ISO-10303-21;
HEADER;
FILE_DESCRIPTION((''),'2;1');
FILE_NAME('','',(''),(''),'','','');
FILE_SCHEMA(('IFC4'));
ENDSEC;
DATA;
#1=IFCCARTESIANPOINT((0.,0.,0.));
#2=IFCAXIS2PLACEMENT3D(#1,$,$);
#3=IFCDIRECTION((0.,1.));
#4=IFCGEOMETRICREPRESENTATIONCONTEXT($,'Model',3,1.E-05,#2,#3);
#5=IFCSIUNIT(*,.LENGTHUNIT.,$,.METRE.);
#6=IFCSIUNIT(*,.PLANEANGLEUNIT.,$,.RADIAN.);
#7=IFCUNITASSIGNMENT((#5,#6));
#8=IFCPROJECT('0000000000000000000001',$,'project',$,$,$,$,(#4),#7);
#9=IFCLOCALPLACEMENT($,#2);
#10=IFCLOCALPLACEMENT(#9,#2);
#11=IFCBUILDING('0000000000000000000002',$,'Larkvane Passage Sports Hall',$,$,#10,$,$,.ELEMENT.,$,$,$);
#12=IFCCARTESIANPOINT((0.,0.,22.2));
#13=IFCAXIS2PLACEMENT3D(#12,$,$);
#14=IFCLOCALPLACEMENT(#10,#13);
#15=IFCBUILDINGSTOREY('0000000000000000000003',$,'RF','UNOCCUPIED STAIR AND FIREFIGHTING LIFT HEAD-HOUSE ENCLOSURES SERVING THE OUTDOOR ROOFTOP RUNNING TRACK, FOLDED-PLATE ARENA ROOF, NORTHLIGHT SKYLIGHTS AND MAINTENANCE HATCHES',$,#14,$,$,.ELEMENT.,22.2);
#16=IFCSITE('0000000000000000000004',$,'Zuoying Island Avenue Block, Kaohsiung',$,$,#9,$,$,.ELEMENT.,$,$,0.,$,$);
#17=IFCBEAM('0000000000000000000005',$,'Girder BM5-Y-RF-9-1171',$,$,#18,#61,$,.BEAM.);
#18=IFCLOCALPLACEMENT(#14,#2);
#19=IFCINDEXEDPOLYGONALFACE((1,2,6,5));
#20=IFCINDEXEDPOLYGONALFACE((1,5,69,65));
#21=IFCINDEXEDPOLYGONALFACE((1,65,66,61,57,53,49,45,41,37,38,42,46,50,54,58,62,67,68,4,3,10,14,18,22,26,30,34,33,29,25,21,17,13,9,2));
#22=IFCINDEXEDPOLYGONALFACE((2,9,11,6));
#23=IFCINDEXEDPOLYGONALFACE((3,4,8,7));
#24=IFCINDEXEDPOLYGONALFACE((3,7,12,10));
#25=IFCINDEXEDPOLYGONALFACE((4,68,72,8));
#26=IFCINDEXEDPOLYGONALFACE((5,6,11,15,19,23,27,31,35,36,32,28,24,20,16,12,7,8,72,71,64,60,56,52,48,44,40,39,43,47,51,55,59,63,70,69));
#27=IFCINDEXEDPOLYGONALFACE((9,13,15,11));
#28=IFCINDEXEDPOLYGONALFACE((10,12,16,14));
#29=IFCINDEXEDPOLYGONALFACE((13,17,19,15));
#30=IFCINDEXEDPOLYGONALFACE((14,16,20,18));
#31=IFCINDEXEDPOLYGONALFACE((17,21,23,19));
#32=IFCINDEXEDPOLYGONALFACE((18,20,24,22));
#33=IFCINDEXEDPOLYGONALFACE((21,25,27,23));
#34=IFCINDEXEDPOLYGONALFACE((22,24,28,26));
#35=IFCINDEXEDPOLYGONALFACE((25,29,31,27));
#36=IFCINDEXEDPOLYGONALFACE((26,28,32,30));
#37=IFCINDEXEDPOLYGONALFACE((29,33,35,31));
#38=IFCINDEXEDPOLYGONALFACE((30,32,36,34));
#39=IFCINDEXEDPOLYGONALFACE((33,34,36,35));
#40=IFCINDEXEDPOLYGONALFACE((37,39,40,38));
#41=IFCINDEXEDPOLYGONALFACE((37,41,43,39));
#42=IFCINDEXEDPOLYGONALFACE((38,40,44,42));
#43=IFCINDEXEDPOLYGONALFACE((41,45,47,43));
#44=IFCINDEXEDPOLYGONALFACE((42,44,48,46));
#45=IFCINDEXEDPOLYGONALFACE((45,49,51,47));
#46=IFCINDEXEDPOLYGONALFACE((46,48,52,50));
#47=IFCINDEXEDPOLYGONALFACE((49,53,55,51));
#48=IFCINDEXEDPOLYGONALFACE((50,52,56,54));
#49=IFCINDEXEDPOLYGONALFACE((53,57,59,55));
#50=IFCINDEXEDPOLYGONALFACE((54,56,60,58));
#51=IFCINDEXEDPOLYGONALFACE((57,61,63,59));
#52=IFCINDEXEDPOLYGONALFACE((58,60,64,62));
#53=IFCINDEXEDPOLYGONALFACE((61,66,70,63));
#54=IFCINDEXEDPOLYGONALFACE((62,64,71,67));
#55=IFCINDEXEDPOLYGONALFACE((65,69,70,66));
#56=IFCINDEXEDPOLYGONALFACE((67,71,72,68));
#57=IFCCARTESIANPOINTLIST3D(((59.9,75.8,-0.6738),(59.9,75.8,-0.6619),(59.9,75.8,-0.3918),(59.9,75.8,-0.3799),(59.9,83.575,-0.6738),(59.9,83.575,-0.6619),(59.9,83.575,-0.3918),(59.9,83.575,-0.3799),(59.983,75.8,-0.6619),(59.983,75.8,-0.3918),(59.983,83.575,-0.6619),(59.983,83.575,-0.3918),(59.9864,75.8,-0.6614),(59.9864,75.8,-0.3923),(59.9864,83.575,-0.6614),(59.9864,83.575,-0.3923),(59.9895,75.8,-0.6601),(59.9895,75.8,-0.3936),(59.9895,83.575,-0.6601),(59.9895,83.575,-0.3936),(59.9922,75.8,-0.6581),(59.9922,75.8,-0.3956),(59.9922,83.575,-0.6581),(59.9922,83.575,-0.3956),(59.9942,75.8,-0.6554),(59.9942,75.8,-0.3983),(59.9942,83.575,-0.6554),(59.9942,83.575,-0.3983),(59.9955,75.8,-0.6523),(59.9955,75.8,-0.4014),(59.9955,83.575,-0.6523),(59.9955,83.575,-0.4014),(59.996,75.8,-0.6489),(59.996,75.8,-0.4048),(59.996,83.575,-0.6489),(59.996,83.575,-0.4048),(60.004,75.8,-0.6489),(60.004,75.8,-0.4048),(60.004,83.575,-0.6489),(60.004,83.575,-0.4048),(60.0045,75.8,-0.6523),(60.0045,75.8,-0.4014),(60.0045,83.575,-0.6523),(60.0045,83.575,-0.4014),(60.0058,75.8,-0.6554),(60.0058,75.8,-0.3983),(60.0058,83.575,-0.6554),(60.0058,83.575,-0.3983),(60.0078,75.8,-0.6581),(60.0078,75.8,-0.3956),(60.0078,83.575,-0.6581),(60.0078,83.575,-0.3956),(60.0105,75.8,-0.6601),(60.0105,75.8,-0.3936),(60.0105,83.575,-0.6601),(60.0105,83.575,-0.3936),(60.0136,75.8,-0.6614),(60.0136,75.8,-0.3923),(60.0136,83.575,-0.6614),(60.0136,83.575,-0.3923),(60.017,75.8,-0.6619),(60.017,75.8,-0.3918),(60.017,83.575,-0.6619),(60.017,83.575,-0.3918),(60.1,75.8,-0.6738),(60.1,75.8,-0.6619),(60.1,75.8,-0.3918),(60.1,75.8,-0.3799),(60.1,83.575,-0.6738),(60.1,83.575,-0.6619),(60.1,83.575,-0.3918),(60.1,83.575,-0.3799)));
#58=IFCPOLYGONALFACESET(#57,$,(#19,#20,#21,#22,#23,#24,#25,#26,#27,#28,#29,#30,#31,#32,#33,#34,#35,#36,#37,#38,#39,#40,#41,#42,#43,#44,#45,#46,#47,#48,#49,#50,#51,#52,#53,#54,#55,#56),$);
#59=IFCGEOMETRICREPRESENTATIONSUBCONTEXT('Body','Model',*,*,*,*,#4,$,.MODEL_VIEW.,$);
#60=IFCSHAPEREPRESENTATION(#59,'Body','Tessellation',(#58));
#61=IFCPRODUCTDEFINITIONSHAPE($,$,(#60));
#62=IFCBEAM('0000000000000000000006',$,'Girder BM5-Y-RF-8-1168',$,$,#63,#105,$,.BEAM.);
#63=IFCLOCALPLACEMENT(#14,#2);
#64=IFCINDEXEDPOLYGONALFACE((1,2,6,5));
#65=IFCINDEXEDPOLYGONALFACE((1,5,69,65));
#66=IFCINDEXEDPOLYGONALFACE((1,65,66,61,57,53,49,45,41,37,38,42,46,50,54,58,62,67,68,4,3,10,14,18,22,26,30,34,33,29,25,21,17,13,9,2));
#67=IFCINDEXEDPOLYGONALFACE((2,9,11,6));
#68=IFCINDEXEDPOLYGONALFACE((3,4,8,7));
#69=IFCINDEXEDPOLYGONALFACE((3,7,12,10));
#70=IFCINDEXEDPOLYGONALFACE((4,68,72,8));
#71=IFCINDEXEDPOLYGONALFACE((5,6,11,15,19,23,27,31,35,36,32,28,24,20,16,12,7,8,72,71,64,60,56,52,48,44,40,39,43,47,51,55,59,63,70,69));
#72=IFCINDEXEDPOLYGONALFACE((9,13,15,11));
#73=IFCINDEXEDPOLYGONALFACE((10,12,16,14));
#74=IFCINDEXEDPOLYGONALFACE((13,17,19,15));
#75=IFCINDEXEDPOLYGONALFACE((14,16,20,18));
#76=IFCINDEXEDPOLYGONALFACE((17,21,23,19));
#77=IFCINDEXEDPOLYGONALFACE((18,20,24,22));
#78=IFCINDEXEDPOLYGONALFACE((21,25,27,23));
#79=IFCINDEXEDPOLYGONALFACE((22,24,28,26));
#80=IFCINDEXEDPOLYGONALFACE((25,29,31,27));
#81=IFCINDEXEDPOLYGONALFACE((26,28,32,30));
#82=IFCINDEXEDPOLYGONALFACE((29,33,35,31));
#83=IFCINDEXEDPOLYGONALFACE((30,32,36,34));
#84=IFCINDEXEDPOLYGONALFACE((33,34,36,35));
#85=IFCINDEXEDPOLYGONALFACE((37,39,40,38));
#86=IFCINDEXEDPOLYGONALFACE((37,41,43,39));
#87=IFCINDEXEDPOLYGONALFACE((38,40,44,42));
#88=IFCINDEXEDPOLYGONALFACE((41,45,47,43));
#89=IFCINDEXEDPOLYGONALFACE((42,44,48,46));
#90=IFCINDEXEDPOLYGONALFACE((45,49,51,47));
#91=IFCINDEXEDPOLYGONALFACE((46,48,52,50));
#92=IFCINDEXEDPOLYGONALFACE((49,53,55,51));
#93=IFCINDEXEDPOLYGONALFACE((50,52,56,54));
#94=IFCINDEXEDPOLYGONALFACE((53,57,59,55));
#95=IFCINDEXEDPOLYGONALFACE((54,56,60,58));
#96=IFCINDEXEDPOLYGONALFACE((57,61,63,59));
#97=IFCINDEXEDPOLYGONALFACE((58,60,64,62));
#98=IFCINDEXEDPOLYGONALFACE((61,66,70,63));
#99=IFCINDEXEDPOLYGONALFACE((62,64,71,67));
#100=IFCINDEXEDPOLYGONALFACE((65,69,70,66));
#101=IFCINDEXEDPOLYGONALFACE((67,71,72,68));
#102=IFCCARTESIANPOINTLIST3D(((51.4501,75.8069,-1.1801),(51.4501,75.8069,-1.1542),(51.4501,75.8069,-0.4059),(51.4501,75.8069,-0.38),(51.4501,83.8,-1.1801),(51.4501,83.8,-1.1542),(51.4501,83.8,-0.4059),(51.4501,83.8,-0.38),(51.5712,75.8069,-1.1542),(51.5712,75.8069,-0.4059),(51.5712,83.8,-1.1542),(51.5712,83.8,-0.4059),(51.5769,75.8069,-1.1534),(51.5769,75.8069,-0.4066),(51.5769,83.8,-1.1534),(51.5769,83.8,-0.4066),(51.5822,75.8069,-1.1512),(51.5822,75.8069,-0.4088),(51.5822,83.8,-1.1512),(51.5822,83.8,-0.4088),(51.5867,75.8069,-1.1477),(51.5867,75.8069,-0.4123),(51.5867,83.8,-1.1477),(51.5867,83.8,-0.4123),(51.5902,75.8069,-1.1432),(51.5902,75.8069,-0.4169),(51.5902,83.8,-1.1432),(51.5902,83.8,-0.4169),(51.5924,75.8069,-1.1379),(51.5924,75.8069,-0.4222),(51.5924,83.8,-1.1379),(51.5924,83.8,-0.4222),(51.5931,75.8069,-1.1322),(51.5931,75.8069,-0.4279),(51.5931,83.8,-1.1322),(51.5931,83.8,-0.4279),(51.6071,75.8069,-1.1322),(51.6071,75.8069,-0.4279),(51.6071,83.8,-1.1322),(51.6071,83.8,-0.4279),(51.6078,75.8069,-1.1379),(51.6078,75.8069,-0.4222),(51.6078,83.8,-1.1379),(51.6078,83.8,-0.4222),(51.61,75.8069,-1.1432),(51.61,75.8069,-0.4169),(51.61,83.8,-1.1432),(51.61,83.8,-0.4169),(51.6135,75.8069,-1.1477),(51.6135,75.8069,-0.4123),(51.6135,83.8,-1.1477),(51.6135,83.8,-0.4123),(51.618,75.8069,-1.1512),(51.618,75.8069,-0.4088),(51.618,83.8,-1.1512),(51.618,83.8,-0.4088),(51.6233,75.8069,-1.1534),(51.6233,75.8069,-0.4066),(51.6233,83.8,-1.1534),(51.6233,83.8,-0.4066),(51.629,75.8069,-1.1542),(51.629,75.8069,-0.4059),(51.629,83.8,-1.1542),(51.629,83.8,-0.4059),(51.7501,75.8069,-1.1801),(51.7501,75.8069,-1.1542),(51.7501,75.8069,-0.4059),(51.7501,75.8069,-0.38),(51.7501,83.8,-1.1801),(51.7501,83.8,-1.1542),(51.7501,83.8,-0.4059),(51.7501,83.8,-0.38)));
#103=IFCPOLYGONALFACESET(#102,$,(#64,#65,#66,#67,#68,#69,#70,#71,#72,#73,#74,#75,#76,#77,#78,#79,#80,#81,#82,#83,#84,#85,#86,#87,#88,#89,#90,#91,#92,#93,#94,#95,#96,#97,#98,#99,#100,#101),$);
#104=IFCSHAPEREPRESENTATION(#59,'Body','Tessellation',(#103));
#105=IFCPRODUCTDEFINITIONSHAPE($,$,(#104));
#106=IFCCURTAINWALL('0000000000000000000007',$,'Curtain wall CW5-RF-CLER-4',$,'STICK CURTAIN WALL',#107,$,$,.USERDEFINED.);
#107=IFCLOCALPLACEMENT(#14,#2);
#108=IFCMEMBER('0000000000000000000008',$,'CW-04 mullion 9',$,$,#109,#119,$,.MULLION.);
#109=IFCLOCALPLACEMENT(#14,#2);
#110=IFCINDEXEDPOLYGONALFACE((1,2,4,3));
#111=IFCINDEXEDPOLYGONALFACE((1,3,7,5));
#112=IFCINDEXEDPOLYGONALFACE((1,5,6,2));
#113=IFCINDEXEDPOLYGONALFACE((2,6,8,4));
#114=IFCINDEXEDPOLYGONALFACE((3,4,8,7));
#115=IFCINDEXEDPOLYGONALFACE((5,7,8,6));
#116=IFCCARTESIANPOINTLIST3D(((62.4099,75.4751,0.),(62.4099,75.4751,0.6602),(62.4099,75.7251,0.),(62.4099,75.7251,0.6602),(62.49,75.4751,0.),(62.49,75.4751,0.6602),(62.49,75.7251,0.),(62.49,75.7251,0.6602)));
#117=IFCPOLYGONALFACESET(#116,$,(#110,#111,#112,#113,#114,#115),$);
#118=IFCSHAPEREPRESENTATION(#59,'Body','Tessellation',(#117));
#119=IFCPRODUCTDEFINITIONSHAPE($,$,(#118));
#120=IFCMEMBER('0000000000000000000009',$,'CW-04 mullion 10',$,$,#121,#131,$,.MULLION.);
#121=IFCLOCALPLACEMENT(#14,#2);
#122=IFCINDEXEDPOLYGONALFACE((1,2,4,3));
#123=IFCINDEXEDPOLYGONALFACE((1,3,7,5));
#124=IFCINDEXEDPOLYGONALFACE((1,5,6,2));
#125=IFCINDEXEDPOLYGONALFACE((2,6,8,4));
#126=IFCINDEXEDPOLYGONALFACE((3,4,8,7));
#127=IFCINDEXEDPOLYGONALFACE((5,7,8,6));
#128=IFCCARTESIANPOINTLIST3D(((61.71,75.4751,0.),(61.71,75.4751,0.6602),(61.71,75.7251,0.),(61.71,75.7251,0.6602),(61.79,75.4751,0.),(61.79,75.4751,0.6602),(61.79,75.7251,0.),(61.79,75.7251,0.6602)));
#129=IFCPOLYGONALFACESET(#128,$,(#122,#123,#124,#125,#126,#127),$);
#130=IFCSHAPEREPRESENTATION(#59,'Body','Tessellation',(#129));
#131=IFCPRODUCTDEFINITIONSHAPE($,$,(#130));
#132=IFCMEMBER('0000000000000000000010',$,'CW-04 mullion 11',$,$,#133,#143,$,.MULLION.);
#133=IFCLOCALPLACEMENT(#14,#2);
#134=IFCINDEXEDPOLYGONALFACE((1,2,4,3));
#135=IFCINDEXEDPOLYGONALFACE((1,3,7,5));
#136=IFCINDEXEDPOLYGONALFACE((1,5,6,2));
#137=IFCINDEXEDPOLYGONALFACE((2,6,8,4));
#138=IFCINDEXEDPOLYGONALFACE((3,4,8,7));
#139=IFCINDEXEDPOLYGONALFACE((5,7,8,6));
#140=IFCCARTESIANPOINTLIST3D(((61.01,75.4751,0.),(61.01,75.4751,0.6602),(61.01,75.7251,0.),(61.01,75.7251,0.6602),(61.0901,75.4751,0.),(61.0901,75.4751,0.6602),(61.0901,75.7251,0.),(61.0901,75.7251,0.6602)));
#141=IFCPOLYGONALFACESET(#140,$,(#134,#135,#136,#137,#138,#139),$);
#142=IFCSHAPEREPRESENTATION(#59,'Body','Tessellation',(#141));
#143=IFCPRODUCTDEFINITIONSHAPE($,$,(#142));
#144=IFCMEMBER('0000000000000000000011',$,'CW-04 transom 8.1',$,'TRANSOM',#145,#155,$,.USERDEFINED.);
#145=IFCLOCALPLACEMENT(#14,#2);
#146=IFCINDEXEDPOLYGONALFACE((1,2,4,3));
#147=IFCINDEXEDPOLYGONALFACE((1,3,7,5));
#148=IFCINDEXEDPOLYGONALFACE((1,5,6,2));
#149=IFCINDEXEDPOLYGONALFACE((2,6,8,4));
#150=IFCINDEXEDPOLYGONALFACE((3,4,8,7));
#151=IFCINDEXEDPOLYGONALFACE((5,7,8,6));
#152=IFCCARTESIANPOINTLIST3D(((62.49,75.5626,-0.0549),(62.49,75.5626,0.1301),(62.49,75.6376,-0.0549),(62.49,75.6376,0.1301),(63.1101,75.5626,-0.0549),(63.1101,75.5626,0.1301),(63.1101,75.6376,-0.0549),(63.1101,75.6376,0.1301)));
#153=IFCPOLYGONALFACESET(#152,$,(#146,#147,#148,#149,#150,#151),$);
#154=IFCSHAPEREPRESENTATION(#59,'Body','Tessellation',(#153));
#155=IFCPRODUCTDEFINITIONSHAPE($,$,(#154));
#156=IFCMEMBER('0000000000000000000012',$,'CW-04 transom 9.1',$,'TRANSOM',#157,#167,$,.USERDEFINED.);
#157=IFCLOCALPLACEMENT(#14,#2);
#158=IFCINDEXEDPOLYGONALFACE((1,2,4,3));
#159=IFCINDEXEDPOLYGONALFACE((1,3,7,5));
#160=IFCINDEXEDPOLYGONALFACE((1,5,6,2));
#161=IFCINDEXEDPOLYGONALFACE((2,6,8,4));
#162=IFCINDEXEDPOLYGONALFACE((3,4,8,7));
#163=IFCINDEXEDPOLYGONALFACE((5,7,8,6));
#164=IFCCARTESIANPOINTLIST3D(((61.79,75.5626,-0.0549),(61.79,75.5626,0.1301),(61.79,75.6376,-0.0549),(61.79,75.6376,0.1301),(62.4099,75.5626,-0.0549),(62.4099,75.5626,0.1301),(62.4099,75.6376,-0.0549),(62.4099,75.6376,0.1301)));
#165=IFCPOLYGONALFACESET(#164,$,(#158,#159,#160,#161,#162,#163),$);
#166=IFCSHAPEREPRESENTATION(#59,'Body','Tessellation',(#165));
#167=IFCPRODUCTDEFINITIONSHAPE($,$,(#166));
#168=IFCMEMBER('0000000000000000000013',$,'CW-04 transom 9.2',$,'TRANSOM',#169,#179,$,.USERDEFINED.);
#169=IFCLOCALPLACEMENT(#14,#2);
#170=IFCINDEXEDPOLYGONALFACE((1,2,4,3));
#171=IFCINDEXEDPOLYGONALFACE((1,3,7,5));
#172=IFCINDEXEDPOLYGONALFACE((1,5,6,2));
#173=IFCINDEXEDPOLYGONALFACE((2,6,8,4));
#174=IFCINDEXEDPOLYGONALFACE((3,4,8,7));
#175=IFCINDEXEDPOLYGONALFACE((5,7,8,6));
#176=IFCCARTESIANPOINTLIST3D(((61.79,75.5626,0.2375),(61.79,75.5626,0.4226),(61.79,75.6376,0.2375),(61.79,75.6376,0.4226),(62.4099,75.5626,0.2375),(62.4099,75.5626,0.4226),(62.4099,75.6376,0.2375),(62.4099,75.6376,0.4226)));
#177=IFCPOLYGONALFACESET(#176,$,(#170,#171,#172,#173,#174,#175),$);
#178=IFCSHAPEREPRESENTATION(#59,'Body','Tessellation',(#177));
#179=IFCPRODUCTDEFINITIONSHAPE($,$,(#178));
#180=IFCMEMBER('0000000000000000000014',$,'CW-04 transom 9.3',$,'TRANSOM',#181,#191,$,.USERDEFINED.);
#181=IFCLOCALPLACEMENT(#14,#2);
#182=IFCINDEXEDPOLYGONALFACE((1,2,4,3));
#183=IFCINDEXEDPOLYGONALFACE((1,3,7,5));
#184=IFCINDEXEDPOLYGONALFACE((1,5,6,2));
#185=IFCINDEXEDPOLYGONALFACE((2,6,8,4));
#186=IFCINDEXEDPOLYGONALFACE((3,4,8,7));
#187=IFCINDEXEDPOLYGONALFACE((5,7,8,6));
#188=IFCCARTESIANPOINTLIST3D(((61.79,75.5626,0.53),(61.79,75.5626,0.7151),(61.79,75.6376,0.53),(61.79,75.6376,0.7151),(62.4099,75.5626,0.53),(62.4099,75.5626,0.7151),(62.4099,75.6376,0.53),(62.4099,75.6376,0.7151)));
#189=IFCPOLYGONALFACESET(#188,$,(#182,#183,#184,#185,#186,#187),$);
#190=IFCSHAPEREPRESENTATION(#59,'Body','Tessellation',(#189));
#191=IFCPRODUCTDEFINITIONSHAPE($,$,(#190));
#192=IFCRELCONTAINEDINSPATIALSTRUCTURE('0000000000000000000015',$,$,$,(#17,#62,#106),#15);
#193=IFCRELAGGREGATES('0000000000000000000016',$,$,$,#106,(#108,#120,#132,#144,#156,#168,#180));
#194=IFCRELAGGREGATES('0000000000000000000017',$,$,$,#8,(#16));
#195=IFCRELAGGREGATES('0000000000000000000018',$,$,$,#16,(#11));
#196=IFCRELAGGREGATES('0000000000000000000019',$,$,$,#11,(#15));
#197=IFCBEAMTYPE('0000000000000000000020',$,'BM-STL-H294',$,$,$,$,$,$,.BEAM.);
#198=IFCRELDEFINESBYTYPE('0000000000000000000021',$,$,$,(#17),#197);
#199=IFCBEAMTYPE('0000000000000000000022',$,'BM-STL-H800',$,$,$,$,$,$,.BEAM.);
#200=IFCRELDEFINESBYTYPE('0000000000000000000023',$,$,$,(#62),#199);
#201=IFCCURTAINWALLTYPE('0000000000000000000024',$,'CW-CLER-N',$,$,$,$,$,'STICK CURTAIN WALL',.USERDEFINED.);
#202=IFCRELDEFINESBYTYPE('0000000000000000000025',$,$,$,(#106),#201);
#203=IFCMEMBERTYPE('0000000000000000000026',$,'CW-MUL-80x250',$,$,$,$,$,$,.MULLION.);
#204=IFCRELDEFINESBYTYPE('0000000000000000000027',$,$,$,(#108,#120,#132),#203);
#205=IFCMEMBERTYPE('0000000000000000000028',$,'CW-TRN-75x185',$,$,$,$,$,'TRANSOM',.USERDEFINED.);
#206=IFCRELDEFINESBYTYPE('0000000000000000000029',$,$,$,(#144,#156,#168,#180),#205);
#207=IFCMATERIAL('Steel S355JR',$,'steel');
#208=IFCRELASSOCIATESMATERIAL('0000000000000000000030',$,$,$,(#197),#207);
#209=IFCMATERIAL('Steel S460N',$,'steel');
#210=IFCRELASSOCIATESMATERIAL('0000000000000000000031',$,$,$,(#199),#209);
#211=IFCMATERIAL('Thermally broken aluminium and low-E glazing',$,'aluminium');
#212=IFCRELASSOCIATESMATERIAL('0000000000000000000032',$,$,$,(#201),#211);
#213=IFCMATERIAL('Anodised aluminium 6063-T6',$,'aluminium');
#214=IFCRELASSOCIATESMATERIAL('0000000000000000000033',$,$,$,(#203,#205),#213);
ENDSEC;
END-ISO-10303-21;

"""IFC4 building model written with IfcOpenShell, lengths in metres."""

from ifc_helpers import new_model, si_unit, direction, frame, origin, origin_2d, place, context, subcontext, project, spatial, rectangle, i_section, extrude, material, material_profile, profile_set, type_object, element, aggregate, save


model = new_model("IFC4")

# Units and contexts
model_context = context("Model", 3, precision=1e-05, world=origin(), true_north=direction((0.0, 1.0)))
body_context = subcontext(model_context, "Body", "Model", "MODEL_VIEW")
ifc_project = project(units=[si_unit("LENGTHUNIT", "METRE"), si_unit("PLANEANGLEUNIT", "RADIAN")], contexts=[model_context])

# Site, building, storey
site_placement = place(None, origin())
site = spatial("IfcSite", under=ifc_project, at=site_placement, Name="Zuoying Island Avenue Block, Kaohsiung", CompositionType="ELEMENT", RefElevation=0.0)
building_placement = place(site_placement, origin())
building = spatial("IfcBuilding", under=site, at=building_placement, Name="Larkvane Passage Sports Hall", CompositionType="ELEMENT")
storey_placement = place(building_placement, frame((0.0, 0.0, 22.2)))
storey = spatial("IfcBuildingStorey", under=building, at=storey_placement, Name="RF", Description="UNOCCUPIED STAIR AND FIREFIGHTING LIFT HEAD-HOUSE ENCLOSURES SERVING THE OUTDOOR ROOFTOP RUNNING TRACK, FOLDED-PLATE ARENA ROOF, NORTHLIGHT SKYLIGHTS AND MAINTENANCE HATCHES", CompositionType="ELEMENT", Elevation=22.2)

# Beams
ifc_material_1 = material(Name="Steel S355JR", Category="steel")
ifc_material_profile_1 = material_profile(ifc_material_1, i_section(OverallWidth=0.2, OverallDepth=0.2939, WebThickness=0.0081, FlangeThickness=0.012, FilletRadius=0.0129, at=origin_2d()), Name="H-294x200x8x12")
ifc_profile_set_1 = profile_set([ifc_material_profile_1], Name="Steel S355JR")
beam_type_1 = type_object("IfcBeamType", Name="BM-STL-H294", PredefinedType="BEAM", material=ifc_profile_set_1)
beam_1_placement = place(storey_placement, frame((60.0, 75.8, -0.5269), z_axis=(0.0, 1.0, 0.0), x_axis=(-1.0, 0.0, 0.0)))
element("IfcBeam", 1, at=beam_1_placement, inside=storey, type_object=beam_type_1, Name="Girder BM5-Y-RF-9-1171", PredefinedType="BEAM", context=body_context, shape_type="SweptSolid", body=[
    extrude(i_section(OverallWidth=0.2, OverallDepth=0.2939, WebThickness=0.0081, FlangeThickness=0.012, FilletRadius=0.0129, at=origin_2d()), origin(), (0.0, 0.0, 1.0), 7.7749),
])
ifc_material_2 = material(Name="Steel S460N", Category="steel")
ifc_material_profile_2 = material_profile(ifc_material_2, i_section(OverallWidth=0.3, OverallDepth=0.8, WebThickness=0.0139, FlangeThickness=0.0259, FilletRadius=0.022, at=origin_2d()), Name="H-800x300x14x26")
ifc_profile_set_2 = profile_set([ifc_material_profile_2], Name="Steel S460N")
beam_type_2 = type_object("IfcBeamType", Name="BM-STL-H800", PredefinedType="BEAM", material=ifc_profile_set_2)
beam_2_placement = place(storey_placement, frame((51.6001, 75.8069, -0.78), z_axis=(0.0, 1.0, 0.0), x_axis=(-1.0, 0.0, 0.0)))
element("IfcBeam", 2, at=beam_2_placement, inside=storey, type_object=beam_type_2, Name="Girder BM5-Y-RF-8-1168", PredefinedType="BEAM", context=body_context, shape_type="SweptSolid", body=[
    extrude(i_section(OverallWidth=0.3, OverallDepth=0.8, WebThickness=0.0139, FlangeThickness=0.0259, FilletRadius=0.022, at=origin_2d()), origin(), (0.0, 0.0, 1.0), 7.9932),
])

# Curtain wall, members
ifc_material_3 = material(Name="Thermally broken aluminium and low-E glazing", Category="aluminium")
curtain_wall_type = type_object("IfcCurtainWallType", Name="CW-CLER-N", ElementType="STICK CURTAIN WALL", PredefinedType="USERDEFINED", material=ifc_material_3)
curtain_wall_placement = place(storey_placement, origin())
curtain_wall = element("IfcCurtainWall", 3, at=curtain_wall_placement, inside=storey, type_object=curtain_wall_type, Name="Curtain wall CW5-RF-CLER-4", ObjectType="STICK CURTAIN WALL", PredefinedType="USERDEFINED")
ifc_material_4 = material(Name="Anodised aluminium 6063-T6", Category="aluminium")
ifc_material_profile_3 = material_profile(ifc_material_4, rectangle(XDim=0.0801, YDim=0.25, at=origin_2d()), Name="ALU-MUL-80x250")
ifc_profile_set_3 = profile_set([ifc_material_profile_3], Name="Anodised aluminium 6063-T6")
member_type_1 = type_object("IfcMemberType", Name="CW-MUL-80x250", PredefinedType="MULLION", material=ifc_profile_set_3)
member_1_placement = place(storey_placement, frame((62.45, 75.6001, 0.0), z_axis=(0.0, 0.0, 1.0), x_axis=(-1.0, 0.0, 0.0)))
member_1 = element("IfcMember", 4, at=member_1_placement, type_object=member_type_1, Name="CW-04 mullion 9", PredefinedType="MULLION", context=body_context, shape_type="SweptSolid", body=[
    extrude(rectangle(XDim=0.0801, YDim=0.25, at=origin_2d()), origin(), (0.0, 0.0, 1.0), 0.6602),
])
member_2_placement = place(storey_placement, frame((61.75, 75.6001, 0.0), z_axis=(0.0, 0.0, 1.0), x_axis=(-1.0, 0.0, 0.0)))
member_2 = element("IfcMember", 5, at=member_2_placement, type_object=member_type_1, Name="CW-04 mullion 10", PredefinedType="MULLION", context=body_context, shape_type="SweptSolid", body=[
    extrude(rectangle(XDim=0.0801, YDim=0.25, at=origin_2d()), origin(), (0.0, 0.0, 1.0), 0.6602),
])
member_3_placement = place(storey_placement, frame((61.05, 75.6001, 0.0), z_axis=(0.0, 0.0, 1.0), x_axis=(-1.0, 0.0, 0.0)))
member_3 = element("IfcMember", 6, at=member_3_placement, type_object=member_type_1, Name="CW-04 mullion 11", PredefinedType="MULLION", context=body_context, shape_type="SweptSolid", body=[
    extrude(rectangle(XDim=0.0801, YDim=0.25, at=origin_2d()), origin(), (0.0, 0.0, 1.0), 0.6602),
])
ifc_material_profile_4 = material_profile(ifc_material_4, rectangle(XDim=0.075, YDim=0.1851, at=origin_2d()), Name="ALU-TRN-75x185")
ifc_profile_set_4 = profile_set([ifc_material_profile_4], Name="Anodised aluminium 6063-T6")
member_type_2 = type_object("IfcMemberType", Name="CW-TRN-75x185", ElementType="TRANSOM", PredefinedType="USERDEFINED", material=ifc_profile_set_4)
member_4_placement = place(storey_placement, frame((63.1101, 75.6001, 0.0376), z_axis=(-1.0, 0.0, 0.0), x_axis=(0.0, -1.0, 0.0)))
member_4 = element("IfcMember", 7, at=member_4_placement, type_object=member_type_2, Name="CW-04 transom 8.1", ObjectType="TRANSOM", PredefinedType="USERDEFINED", context=body_context, shape_type="SweptSolid", body=[
    extrude(rectangle(XDim=0.075, YDim=0.1851, at=origin_2d()), origin(), (0.0, 0.0, 1.0), 0.6201),
])
member_5_placement = place(storey_placement, frame((62.4099, 75.6001, 0.0376), z_axis=(-1.0, 0.0, 0.0), x_axis=(0.0, -1.0, 0.0)))
member_5 = element("IfcMember", 8, at=member_5_placement, type_object=member_type_2, Name="CW-04 transom 9.1", ObjectType="TRANSOM", PredefinedType="USERDEFINED", context=body_context, shape_type="SweptSolid", body=[
    extrude(rectangle(XDim=0.075, YDim=0.1851, at=origin_2d()), origin(), (0.0, 0.0, 1.0), 0.6199),
])
member_6_placement = place(storey_placement, frame((62.4099, 75.6001, 0.3301), z_axis=(-1.0, 0.0, 0.0), x_axis=(0.0, -1.0, 0.0)))
member_6 = element("IfcMember", 9, at=member_6_placement, type_object=member_type_2, Name="CW-04 transom 9.2", ObjectType="TRANSOM", PredefinedType="USERDEFINED", context=body_context, shape_type="SweptSolid", body=[
    extrude(rectangle(XDim=0.075, YDim=0.1851, at=origin_2d()), origin(), (0.0, 0.0, 1.0), 0.6199),
])
member_7_placement = place(storey_placement, frame((62.4099, 75.6001, 0.6226), z_axis=(-1.0, 0.0, 0.0), x_axis=(0.0, -1.0, 0.0)))
member_7 = element("IfcMember", 10, at=member_7_placement, type_object=member_type_2, Name="CW-04 transom 9.3", ObjectType="TRANSOM", PredefinedType="USERDEFINED", context=body_context, shape_type="SweptSolid", body=[
    extrude(rectangle(XDim=0.075, YDim=0.1851, at=origin_2d()), origin(), (0.0, 0.0, 1.0), 0.6199),
])

aggregate(curtain_wall, [member_1, member_2, member_3, member_4, member_5, member_6, member_7])

save(model, "model.ifc")
